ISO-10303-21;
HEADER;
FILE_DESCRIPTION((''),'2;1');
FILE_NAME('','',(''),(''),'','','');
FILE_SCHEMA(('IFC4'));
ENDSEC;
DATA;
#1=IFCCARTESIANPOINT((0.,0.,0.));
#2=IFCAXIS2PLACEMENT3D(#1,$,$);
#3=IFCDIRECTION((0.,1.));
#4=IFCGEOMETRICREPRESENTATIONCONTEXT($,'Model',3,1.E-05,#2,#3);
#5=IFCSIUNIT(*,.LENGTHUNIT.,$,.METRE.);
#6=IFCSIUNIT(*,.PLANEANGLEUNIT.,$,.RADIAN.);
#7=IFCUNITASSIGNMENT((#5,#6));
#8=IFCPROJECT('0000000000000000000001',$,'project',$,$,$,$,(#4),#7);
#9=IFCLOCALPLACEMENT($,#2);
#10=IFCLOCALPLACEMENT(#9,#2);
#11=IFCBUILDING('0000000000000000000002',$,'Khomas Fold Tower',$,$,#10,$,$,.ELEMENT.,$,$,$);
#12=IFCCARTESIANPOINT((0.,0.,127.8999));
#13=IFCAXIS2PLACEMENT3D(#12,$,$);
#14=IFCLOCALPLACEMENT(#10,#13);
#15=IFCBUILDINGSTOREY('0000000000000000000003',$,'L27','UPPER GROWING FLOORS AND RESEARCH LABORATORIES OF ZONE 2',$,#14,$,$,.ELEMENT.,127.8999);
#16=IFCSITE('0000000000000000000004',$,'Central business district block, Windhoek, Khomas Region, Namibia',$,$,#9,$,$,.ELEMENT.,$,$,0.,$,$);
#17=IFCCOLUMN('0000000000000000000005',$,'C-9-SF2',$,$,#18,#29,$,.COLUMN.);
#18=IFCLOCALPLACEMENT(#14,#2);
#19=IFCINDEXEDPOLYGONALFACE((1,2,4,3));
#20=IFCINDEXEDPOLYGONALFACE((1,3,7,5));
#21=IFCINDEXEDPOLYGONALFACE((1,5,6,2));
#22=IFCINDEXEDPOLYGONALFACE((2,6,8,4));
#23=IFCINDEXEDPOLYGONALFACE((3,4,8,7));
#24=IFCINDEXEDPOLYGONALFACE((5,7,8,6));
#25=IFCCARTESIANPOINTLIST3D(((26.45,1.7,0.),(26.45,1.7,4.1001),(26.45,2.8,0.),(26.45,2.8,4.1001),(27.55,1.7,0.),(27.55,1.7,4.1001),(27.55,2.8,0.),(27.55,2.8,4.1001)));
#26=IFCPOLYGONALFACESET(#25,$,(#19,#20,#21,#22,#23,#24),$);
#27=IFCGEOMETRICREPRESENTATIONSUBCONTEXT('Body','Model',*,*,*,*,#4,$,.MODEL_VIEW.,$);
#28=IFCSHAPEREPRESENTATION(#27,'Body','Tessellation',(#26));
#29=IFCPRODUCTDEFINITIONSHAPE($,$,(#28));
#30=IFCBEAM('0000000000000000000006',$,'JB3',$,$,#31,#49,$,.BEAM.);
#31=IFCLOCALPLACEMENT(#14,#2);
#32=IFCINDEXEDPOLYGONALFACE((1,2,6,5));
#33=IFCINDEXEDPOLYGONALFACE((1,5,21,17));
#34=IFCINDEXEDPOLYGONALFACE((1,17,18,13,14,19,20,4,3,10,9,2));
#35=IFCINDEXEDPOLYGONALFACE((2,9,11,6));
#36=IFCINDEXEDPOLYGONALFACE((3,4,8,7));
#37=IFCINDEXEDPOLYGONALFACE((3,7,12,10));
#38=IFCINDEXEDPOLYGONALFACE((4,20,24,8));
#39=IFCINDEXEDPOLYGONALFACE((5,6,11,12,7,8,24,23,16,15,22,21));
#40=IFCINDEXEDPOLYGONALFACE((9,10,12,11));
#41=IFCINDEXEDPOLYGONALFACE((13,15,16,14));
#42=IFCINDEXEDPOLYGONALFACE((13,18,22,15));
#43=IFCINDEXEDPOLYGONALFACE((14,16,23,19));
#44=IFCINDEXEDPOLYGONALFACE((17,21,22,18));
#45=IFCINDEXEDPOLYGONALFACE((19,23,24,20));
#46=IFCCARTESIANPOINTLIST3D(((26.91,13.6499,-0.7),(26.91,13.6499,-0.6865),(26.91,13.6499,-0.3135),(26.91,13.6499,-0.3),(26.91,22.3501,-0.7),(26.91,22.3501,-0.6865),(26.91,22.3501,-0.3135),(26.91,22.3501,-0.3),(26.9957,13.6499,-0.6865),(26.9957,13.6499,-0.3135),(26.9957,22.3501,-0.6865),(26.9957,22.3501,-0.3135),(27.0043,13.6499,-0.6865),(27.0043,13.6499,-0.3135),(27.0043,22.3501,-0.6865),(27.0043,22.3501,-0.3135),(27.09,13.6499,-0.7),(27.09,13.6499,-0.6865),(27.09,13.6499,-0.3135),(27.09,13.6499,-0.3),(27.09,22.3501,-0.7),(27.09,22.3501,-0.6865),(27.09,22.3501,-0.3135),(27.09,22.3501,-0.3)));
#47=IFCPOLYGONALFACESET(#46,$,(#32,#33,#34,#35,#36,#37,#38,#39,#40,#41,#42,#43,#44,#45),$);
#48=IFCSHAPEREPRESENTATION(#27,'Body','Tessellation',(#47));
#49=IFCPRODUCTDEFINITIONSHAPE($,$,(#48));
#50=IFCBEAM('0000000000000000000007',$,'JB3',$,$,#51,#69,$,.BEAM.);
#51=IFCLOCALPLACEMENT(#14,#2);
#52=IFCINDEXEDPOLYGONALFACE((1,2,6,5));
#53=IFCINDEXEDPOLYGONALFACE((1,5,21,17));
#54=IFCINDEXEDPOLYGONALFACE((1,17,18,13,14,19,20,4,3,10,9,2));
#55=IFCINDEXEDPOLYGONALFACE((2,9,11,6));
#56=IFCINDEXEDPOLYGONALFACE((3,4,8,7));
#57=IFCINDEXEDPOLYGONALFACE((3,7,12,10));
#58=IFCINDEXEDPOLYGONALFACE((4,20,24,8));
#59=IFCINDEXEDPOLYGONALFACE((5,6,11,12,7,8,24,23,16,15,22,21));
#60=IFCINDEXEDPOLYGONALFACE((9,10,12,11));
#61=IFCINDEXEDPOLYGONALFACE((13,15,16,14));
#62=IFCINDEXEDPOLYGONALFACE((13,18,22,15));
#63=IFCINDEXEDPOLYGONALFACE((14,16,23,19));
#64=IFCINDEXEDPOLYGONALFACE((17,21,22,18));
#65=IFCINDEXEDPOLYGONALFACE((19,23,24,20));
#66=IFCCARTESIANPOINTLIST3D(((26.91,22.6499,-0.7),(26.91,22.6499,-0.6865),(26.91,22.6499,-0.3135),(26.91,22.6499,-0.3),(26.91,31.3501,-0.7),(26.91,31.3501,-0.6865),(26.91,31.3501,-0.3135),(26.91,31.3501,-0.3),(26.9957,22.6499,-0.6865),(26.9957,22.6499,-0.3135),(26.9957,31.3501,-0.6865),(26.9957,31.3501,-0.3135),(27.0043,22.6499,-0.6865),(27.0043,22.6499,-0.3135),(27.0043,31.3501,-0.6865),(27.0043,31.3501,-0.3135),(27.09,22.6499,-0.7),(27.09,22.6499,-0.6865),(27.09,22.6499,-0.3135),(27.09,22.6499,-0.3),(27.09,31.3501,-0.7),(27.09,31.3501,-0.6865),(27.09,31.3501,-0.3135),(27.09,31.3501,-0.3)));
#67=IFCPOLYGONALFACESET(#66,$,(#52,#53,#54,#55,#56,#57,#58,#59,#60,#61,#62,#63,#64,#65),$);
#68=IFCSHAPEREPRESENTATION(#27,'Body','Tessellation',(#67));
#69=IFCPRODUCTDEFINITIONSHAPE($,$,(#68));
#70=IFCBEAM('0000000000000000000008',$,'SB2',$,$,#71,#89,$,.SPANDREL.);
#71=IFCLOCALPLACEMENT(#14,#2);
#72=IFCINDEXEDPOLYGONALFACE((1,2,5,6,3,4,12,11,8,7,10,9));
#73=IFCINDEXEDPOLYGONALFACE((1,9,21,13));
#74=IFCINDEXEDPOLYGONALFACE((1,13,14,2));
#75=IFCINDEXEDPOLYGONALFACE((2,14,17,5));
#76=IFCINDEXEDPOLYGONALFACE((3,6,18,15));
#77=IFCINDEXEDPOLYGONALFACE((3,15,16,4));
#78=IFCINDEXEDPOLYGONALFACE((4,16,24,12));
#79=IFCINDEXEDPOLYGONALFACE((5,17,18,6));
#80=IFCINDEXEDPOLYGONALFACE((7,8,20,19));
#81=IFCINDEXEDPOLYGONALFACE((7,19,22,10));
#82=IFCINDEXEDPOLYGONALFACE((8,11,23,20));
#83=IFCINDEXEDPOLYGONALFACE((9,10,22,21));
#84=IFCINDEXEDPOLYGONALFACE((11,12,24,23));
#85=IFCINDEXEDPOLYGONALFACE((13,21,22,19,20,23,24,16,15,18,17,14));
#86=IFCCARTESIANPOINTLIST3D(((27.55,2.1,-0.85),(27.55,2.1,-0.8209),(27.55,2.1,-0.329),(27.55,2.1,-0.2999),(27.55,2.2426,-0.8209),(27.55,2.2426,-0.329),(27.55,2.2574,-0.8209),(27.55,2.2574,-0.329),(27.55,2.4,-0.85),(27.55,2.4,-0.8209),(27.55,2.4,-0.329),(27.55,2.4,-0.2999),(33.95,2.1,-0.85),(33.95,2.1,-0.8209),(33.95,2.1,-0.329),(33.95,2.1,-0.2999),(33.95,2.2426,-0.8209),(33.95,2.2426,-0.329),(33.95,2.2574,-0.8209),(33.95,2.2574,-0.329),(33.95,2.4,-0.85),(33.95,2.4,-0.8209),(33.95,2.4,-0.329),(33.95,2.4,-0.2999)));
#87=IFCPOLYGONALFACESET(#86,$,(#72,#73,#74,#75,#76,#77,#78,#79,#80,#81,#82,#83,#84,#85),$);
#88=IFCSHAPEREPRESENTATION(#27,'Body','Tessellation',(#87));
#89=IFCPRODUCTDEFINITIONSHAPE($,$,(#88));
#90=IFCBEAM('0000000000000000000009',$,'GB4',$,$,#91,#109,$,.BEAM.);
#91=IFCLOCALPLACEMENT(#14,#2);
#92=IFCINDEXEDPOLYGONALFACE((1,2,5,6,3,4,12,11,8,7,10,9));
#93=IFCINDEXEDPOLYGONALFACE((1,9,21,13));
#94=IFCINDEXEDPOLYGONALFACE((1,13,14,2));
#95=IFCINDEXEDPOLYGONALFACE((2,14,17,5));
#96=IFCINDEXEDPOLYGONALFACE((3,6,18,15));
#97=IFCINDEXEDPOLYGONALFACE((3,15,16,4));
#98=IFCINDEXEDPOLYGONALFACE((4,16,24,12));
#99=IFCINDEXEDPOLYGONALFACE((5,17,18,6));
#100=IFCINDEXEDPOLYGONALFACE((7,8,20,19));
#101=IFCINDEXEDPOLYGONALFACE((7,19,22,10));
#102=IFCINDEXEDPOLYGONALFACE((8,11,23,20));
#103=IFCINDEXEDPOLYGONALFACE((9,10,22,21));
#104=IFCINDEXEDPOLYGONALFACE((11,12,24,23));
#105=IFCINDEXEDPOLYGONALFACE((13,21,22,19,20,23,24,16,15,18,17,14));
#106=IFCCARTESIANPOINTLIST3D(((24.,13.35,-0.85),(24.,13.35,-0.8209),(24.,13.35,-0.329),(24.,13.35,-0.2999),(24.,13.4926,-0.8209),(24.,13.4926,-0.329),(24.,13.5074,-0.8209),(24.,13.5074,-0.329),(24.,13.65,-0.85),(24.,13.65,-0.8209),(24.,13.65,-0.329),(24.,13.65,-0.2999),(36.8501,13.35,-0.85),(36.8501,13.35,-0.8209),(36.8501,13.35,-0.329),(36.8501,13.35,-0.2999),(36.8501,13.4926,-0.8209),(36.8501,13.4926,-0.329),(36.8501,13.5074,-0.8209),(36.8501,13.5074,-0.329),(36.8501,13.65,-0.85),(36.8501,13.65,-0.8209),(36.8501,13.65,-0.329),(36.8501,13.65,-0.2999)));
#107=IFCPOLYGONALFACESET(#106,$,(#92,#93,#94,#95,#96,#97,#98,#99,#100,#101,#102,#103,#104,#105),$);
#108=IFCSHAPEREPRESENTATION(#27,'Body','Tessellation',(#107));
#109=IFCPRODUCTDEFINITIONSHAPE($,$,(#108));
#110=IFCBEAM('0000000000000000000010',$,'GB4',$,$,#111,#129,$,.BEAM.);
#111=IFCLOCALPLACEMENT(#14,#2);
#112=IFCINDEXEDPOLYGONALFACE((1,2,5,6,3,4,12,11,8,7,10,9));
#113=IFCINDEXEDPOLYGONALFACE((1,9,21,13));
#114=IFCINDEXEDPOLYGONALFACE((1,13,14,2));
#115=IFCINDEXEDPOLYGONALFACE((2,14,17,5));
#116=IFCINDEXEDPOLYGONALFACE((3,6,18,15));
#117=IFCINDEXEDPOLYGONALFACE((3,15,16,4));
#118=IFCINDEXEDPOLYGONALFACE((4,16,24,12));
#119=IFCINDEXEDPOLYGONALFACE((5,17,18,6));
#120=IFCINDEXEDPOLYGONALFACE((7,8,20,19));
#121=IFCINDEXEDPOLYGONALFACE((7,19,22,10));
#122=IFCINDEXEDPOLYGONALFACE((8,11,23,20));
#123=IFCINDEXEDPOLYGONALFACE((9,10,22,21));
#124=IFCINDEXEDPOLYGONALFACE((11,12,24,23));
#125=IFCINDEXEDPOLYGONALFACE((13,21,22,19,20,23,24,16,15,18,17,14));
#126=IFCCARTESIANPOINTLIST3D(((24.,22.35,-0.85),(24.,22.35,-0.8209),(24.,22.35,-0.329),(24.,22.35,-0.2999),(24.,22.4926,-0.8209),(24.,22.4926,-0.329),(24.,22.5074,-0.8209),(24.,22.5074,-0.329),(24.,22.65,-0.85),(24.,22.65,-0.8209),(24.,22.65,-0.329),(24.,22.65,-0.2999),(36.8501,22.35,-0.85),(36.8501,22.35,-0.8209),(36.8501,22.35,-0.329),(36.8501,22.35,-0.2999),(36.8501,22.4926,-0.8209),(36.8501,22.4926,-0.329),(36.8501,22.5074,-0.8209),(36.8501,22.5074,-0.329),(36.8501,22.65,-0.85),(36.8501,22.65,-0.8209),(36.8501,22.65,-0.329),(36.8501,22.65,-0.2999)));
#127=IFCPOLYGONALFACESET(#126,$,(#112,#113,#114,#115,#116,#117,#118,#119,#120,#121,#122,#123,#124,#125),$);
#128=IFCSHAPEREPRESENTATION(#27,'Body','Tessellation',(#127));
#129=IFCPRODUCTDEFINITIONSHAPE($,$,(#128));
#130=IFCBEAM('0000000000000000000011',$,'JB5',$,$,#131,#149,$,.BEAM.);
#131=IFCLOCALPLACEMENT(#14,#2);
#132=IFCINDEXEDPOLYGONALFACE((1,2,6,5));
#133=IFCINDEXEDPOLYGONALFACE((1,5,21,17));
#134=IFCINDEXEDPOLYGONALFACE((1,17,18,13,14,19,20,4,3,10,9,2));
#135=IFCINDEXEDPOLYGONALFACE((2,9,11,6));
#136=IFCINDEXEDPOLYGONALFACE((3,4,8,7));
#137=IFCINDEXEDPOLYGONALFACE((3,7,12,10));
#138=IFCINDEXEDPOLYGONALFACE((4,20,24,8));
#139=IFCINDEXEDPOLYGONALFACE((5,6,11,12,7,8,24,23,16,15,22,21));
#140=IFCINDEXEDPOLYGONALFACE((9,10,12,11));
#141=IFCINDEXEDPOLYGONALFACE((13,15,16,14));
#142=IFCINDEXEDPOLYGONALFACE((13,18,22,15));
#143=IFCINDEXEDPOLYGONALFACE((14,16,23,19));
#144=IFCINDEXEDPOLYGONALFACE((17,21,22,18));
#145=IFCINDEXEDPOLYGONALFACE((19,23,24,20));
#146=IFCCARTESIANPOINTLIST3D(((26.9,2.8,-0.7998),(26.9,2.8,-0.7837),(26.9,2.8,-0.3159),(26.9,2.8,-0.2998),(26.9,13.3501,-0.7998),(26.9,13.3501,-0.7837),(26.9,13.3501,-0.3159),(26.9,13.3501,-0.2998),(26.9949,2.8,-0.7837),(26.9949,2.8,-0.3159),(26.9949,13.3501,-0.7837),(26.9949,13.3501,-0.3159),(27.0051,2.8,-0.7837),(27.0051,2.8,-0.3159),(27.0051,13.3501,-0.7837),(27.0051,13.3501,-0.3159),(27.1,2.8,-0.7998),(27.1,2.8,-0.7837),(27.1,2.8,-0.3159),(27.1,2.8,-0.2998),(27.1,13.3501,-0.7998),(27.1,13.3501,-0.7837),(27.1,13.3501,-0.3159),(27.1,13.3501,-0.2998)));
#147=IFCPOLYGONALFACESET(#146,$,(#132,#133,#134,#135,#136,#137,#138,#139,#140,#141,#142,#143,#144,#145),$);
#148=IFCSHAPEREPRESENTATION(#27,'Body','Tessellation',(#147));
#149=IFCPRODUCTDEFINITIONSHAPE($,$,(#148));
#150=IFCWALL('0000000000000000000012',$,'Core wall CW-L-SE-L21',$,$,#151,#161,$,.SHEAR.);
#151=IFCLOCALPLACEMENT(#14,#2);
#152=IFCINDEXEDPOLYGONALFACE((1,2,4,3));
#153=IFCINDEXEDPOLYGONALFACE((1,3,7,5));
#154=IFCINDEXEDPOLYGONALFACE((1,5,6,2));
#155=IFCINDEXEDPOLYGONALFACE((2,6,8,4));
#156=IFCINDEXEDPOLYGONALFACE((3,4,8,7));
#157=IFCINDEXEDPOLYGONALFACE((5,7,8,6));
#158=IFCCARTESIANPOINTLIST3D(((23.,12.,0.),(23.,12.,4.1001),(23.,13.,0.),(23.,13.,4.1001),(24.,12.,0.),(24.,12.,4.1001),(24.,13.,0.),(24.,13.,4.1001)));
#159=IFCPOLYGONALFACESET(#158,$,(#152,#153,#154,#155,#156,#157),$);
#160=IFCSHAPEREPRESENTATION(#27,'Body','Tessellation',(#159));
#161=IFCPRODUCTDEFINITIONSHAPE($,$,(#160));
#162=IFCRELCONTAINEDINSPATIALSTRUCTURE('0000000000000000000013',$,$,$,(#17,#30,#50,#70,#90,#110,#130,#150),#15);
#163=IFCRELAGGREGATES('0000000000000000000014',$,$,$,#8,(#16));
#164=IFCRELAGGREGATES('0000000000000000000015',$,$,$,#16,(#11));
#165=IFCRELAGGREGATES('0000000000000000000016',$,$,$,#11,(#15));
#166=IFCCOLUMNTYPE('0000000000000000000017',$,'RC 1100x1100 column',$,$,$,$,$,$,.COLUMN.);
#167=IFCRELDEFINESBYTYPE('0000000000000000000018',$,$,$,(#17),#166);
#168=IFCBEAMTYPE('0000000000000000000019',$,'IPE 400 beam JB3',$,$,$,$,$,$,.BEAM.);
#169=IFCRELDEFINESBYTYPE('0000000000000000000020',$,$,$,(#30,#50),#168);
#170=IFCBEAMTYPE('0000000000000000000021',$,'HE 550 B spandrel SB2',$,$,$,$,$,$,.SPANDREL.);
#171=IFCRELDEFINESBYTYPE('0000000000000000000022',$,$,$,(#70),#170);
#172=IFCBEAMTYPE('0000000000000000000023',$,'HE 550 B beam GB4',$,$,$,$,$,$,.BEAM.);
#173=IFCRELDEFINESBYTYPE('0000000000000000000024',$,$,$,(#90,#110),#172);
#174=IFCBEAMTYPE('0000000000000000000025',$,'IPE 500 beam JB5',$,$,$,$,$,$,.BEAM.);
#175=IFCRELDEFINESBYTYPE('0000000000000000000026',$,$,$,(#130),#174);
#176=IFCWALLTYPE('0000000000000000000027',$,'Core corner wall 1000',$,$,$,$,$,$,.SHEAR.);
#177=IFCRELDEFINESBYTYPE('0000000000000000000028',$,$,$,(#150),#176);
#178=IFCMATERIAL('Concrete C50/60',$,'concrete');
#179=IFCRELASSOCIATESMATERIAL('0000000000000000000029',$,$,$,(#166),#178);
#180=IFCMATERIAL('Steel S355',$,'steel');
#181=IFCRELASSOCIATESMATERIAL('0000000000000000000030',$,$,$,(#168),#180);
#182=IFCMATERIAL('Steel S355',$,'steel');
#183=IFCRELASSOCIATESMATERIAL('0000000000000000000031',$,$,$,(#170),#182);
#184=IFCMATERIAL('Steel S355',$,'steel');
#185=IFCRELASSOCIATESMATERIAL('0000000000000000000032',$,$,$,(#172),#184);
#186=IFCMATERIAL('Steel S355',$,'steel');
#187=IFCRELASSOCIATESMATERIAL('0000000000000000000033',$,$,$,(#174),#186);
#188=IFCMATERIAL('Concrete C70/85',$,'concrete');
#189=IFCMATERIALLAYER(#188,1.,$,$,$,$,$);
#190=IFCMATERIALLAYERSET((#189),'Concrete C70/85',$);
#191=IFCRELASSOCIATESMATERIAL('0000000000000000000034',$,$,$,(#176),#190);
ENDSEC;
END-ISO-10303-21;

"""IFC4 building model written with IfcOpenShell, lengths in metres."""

from ifc_helpers import new_model, si_unit, direction, frame, frame_2d, origin, origin_2d, place, context, subcontext, project, spatial, rectangle, i_section, extrude, source, transform, mapped, material, layer, layer_set, material_profile, profile_set, type_object, element, save


model = new_model("IFC4")

# Units and contexts
model_context = context("Model", 3, precision=1e-05, world=origin(), true_north=direction((0.0, 1.0)))
body_context = subcontext(model_context, "Body", "Model", "MODEL_VIEW")
ifc_project = project(units=[si_unit("LENGTHUNIT", "METRE"), si_unit("PLANEANGLEUNIT", "RADIAN")], contexts=[model_context])

# Site, building, storey
site_placement = place(None, origin())
site = spatial("IfcSite", under=ifc_project, at=site_placement, Name="Central business district block, Windhoek, Khomas Region, Namibia", CompositionType="ELEMENT", RefElevation=0.0)
building_placement = place(site_placement, origin())
building = spatial("IfcBuilding", under=site, at=building_placement, Name="Khomas Fold Tower", CompositionType="ELEMENT")
storey_placement = place(building_placement, frame((0.0, 0.0, 127.8999)))
storey = spatial("IfcBuildingStorey", under=building, at=storey_placement, Name="L27", Description="UPPER GROWING FLOORS AND RESEARCH LABORATORIES OF ZONE 2", CompositionType="ELEMENT", Elevation=127.8999)

# Column
ifc_material_1 = material(Name="Concrete C50/60", Category="concrete")
ifc_material_profile_1 = material_profile(ifc_material_1, rectangle(XDim=1.1001, YDim=1.1001, at=origin_2d()), Name="RC 1100x1100")
ifc_profile_set_1 = profile_set([ifc_material_profile_1], Name="Concrete C50/60")
column_type = type_object("IfcColumnType", Name="RC 1100x1100 column", PredefinedType="COLUMN", material=ifc_profile_set_1)
shared_shape_1 = source(origin(), body_context, "Body", "SweptSolid", [
    extrude(rectangle(XDim=1.1001, YDim=1.1001, at=origin_2d()), origin(), (0.0, 0.0, 1.0), 4.1001),
])
column_placement = place(storey_placement, frame((27.0, 2.25, 0.0), z_axis=(0.0, 0.0, 1.0), x_axis=(1.0, 0.0, 0.0)))
element("IfcColumn", 1, at=column_placement, inside=storey, type_object=column_type, Name="C-9-SF2", PredefinedType="COLUMN", context=body_context, shape_type="MappedRepresentation", body=[
    mapped(shared_shape_1, transform((0.0, 0.0, 0.0))),
])

# Beams
ifc_material_2 = material(Name="Steel S355", Category="steel")
ifc_material_profile_2 = material_profile(ifc_material_2, i_section(OverallWidth=0.1799, OverallDepth=0.3999, WebThickness=0.0085, FlangeThickness=0.0134, at=origin_2d()), Name="IPE 400")
ifc_profile_set_2 = profile_set([ifc_material_profile_2], Name="Steel S355")
beam_type_1 = type_object("IfcBeamType", Name="IPE 400 beam JB3", PredefinedType="BEAM", material=ifc_profile_set_2)
shared_shape_2 = source(origin(), body_context, "Body", "SweptSolid", [
    extrude(i_section(OverallWidth=0.1799, OverallDepth=0.3999, WebThickness=0.0085, FlangeThickness=0.0134, at=origin_2d()), origin(), (0.0, 0.0, 1.0), 8.7002),
])
for number, where, z_axis, x_axis, name in (
    (2, (27.0, 13.6499, -0.5), (0.0, 1.0, 0.0), (-1.0, 0.0, 0.0), "JB3"),
    (3, (27.0, 22.6499, -0.5), (0.0, 1.0, 0.0), (-1.0, 0.0, 0.0), "JB3"),
):
    element("IfcBeam", number, at=place(storey_placement, frame(where, z_axis=z_axis, x_axis=x_axis)), inside=storey, type_object=beam_type_1, Name=name, PredefinedType="BEAM", context=body_context, shape_type="MappedRepresentation", body=[
        mapped(shared_shape_2, transform((0.0, 0.0, 0.0))),
    ])
ifc_material_3 = material(Name="Steel S355", Category="steel")
ifc_material_profile_3 = material_profile(ifc_material_3, i_section(OverallWidth=0.3, OverallDepth=0.55, WebThickness=0.0149, FlangeThickness=0.0291, at=origin_2d()), Name="HE 550 B")
ifc_profile_set_3 = profile_set([ifc_material_profile_3], Name="Steel S355")
beam_type_2 = type_object("IfcBeamType", Name="HE 550 B spandrel SB2", PredefinedType="SPANDREL", material=ifc_profile_set_3)
shared_shape_3 = source(origin(), body_context, "Body", "SweptSolid", [
    extrude(i_section(OverallWidth=0.3, OverallDepth=0.55, WebThickness=0.0149, FlangeThickness=0.0291, at=origin_2d()), origin(), (0.0, 0.0, 1.0), 6.3999),
])
beam_1_placement = place(storey_placement, frame((27.55, 2.25, -0.575), z_axis=(1.0, 0.0, 0.0), x_axis=(0.0, 1.0, 0.0)))
element("IfcBeam", 4, at=beam_1_placement, inside=storey, type_object=beam_type_2, Name="SB2", PredefinedType="SPANDREL", context=body_context, shape_type="MappedRepresentation", body=[
    mapped(shared_shape_3, transform((0.0, 0.0, 0.0))),
])
ifc_material_4 = material(Name="Steel S355", Category="steel")
ifc_material_profile_4 = material_profile(ifc_material_4, i_section(OverallWidth=0.3, OverallDepth=0.55, WebThickness=0.0149, FlangeThickness=0.0291, at=origin_2d()), Name="HE 550 B")
ifc_profile_set_4 = profile_set([ifc_material_profile_4], Name="Steel S355")
beam_type_3 = type_object("IfcBeamType", Name="HE 550 B beam GB4", PredefinedType="BEAM", material=ifc_profile_set_4)
shared_shape_4 = source(origin(), body_context, "Body", "SweptSolid", [
    extrude(i_section(OverallWidth=0.3, OverallDepth=0.55, WebThickness=0.0149, FlangeThickness=0.0291, at=origin_2d()), origin(), (0.0, 0.0, 1.0), 12.8501),
])
for number, where, z_axis, x_axis, name in (
    (5, (24.0, 13.5, -0.575), (1.0, 0.0, 0.0), (0.0, 1.0, 0.0), "GB4"),
    (6, (24.0, 22.5, -0.575), (1.0, 0.0, 0.0), (0.0, 1.0, 0.0), "GB4"),
):
    element("IfcBeam", number, at=place(storey_placement, frame(where, z_axis=z_axis, x_axis=x_axis)), inside=storey, type_object=beam_type_3, Name=name, PredefinedType="BEAM", context=body_context, shape_type="MappedRepresentation", body=[
        mapped(shared_shape_4, transform((0.0, 0.0, 0.0))),
    ])
ifc_material_5 = material(Name="Steel S355", Category="steel")
ifc_material_profile_5 = material_profile(ifc_material_5, i_section(OverallWidth=0.2, OverallDepth=0.5, WebThickness=0.0103, FlangeThickness=0.0161, at=origin_2d()), Name="IPE 500")
ifc_profile_set_5 = profile_set([ifc_material_profile_5], Name="Steel S355")
beam_type_4 = type_object("IfcBeamType", Name="IPE 500 beam JB5", PredefinedType="BEAM", material=ifc_profile_set_5)
shared_shape_5 = source(origin(), body_context, "Body", "SweptSolid", [
    extrude(i_section(OverallWidth=0.2, OverallDepth=0.5, WebThickness=0.0103, FlangeThickness=0.0161, at=origin_2d()), origin(), (0.0, 0.0, 1.0), 10.55),
])
beam_2_placement = place(storey_placement, frame((27.0, 2.8, -0.5498), z_axis=(0.0, 1.0, 0.0), x_axis=(-1.0, 0.0, 0.0)))
element("IfcBeam", 7, at=beam_2_placement, inside=storey, type_object=beam_type_4, Name="JB5", PredefinedType="BEAM", context=body_context, shape_type="MappedRepresentation", body=[
    mapped(shared_shape_5, transform((0.0, 0.0, 0.0))),
])

# Wall
ifc_material_6 = material(Name="Concrete C70/85", Category="concrete")
ifc_layer_1 = layer(ifc_material_6, 1.0)
ifc_layer_set_1 = layer_set([ifc_layer_1], Name="Concrete C70/85")
wall_type_1 = type_object("IfcWallType", Name="Core corner wall 1000", PredefinedType="SHEAR", material=ifc_layer_set_1)
shared_shape_6 = source(origin(), body_context, "Body", "SweptSolid", [
    extrude(rectangle(XDim=1.0, YDim=1.0, at=frame_2d((0.5, 0.0))), origin(), (0.0, 0.0, 1.0), 4.1001),
])
wall_1_placement = place(storey_placement, frame((23.0, 12.5, 0.0), z_axis=(0.0, 0.0, 1.0), x_axis=(1.0, 0.0, 0.0)))
element("IfcWall", 8, at=wall_1_placement, inside=storey, type_object=wall_type_1, Name="Core wall CW-L-SE-L21", PredefinedType="SHEAR", context=body_context, shape_type="MappedRepresentation", body=[
    mapped(shared_shape_6, transform((0.0, 0.0, 0.0))),
])

save(model, "model.ifc")
